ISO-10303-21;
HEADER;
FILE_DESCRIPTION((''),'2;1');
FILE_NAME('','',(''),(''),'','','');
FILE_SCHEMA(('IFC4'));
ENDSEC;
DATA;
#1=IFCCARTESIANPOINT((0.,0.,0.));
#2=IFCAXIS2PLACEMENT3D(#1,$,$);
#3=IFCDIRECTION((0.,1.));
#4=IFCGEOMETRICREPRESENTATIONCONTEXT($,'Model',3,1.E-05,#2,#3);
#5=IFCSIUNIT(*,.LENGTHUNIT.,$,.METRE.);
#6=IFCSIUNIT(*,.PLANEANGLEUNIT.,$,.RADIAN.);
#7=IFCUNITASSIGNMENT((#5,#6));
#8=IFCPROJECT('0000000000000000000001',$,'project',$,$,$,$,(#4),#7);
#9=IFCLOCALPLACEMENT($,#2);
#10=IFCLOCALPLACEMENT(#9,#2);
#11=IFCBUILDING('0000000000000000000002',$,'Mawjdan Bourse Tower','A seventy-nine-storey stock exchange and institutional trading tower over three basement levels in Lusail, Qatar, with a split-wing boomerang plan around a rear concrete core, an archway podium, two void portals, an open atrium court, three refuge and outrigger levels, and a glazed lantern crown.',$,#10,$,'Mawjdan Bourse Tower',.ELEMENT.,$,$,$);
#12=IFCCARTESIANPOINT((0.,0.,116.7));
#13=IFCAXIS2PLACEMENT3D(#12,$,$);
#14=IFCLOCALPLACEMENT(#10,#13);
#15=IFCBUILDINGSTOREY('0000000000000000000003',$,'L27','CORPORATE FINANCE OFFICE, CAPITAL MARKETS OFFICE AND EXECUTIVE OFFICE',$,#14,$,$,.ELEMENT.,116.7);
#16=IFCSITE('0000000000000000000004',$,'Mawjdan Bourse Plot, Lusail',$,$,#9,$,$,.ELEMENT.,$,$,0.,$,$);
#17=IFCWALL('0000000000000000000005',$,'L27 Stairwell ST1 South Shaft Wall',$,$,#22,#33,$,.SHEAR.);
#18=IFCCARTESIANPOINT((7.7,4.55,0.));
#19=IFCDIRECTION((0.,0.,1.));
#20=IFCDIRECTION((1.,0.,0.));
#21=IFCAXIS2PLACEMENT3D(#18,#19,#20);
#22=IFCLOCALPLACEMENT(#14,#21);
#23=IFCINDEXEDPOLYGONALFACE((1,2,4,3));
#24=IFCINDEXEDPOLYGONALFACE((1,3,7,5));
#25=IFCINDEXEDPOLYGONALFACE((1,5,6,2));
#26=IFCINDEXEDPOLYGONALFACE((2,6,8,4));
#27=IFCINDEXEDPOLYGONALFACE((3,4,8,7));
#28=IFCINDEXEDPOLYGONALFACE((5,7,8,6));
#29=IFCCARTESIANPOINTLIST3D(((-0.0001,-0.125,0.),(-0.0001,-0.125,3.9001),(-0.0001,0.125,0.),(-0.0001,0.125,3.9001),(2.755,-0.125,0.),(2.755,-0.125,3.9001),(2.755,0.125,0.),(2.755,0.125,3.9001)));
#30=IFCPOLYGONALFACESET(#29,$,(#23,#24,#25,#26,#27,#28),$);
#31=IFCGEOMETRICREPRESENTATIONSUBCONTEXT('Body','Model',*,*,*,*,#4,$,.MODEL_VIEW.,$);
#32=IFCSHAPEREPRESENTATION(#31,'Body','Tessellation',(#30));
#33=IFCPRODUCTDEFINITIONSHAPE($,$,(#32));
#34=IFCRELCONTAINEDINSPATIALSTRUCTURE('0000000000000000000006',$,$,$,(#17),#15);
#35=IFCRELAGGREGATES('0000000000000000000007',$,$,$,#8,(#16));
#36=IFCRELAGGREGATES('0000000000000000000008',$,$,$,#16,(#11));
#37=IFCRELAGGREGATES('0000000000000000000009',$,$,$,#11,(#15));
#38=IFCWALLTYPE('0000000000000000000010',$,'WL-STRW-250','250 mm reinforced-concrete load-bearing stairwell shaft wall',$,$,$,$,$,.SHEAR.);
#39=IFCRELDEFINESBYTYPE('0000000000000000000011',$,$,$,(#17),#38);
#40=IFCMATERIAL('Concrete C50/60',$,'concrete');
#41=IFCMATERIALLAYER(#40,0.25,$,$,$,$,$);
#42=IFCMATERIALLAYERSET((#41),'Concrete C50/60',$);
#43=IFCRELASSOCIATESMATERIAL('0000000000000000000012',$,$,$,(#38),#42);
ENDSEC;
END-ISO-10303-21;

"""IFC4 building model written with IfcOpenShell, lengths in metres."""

from ifc_helpers import new_model, si_unit, direction, frame, frame_2d, origin, place, context, subcontext, project, spatial, rectangle, extrude, material, layer, layer_set, type_object, element, save


model = new_model("IFC4")

# Units and contexts
model_context = context("Model", 3, precision=1e-05, world=origin(), true_north=direction((0.0, 1.0)))
body_context = subcontext(model_context, "Body", "Model", "MODEL_VIEW")
ifc_project = project(units=[si_unit("LENGTHUNIT", "METRE"), si_unit("PLANEANGLEUNIT", "RADIAN")], contexts=[model_context])

# Site, building, storey
site_placement = place(None, origin())
site = spatial("IfcSite", under=ifc_project, at=site_placement, Name="Mawjdan Bourse Plot, Lusail", CompositionType="ELEMENT", RefElevation=0.0)
building_placement = place(site_placement, origin())
building = spatial("IfcBuilding", under=site, at=building_placement, Name="Mawjdan Bourse Tower", Description="A seventy-nine-storey stock exchange and institutional trading tower over three basement levels in Lusail, Qatar, with a split-wing boomerang plan around a rear concrete core, an archway podium, two void portals, an open atrium court, three refuge and outrigger levels, and a glazed lantern crown.", LongName="Mawjdan Bourse Tower", CompositionType="ELEMENT")
storey_placement = place(building_placement, frame((0.0, 0.0, 116.7)))
storey = spatial("IfcBuildingStorey", under=building, at=storey_placement, Name="L27", Description="CORPORATE FINANCE OFFICE, CAPITAL MARKETS OFFICE AND EXECUTIVE OFFICE", CompositionType="ELEMENT", Elevation=116.7)

# Shared definitions
ifc_material_1 = material(Name="Concrete C50/60", Category="concrete")

# Wall
ifc_layer_1 = layer(ifc_material_1, 0.25)
ifc_layer_set_1 = layer_set([ifc_layer_1], Name="Concrete C50/60")
wall_type_1 = type_object("IfcWallType", Name="WL-STRW-250", Description="250 mm reinforced-concrete load-bearing stairwell shaft wall", PredefinedType="SHEAR", material=ifc_layer_set_1)
wall_1_placement = place(storey_placement, frame((7.7, 4.55, 0.0), z_axis=(0.0, 0.0, 1.0), x_axis=(1.0, 0.0, 0.0)))
element("IfcWall", 1, at=wall_1_placement, inside=storey, type_object=wall_type_1, Name="L27 Stairwell ST1 South Shaft Wall", PredefinedType="SHEAR", context=body_context, shape_type="SweptSolid", body=[
    extrude(rectangle(XDim=2.7551, YDim=0.25, at=frame_2d((1.3774, 0.0))), origin(), (0.0, 0.0, 1.0), 3.9001),
])

save(model, "model.ifc")
